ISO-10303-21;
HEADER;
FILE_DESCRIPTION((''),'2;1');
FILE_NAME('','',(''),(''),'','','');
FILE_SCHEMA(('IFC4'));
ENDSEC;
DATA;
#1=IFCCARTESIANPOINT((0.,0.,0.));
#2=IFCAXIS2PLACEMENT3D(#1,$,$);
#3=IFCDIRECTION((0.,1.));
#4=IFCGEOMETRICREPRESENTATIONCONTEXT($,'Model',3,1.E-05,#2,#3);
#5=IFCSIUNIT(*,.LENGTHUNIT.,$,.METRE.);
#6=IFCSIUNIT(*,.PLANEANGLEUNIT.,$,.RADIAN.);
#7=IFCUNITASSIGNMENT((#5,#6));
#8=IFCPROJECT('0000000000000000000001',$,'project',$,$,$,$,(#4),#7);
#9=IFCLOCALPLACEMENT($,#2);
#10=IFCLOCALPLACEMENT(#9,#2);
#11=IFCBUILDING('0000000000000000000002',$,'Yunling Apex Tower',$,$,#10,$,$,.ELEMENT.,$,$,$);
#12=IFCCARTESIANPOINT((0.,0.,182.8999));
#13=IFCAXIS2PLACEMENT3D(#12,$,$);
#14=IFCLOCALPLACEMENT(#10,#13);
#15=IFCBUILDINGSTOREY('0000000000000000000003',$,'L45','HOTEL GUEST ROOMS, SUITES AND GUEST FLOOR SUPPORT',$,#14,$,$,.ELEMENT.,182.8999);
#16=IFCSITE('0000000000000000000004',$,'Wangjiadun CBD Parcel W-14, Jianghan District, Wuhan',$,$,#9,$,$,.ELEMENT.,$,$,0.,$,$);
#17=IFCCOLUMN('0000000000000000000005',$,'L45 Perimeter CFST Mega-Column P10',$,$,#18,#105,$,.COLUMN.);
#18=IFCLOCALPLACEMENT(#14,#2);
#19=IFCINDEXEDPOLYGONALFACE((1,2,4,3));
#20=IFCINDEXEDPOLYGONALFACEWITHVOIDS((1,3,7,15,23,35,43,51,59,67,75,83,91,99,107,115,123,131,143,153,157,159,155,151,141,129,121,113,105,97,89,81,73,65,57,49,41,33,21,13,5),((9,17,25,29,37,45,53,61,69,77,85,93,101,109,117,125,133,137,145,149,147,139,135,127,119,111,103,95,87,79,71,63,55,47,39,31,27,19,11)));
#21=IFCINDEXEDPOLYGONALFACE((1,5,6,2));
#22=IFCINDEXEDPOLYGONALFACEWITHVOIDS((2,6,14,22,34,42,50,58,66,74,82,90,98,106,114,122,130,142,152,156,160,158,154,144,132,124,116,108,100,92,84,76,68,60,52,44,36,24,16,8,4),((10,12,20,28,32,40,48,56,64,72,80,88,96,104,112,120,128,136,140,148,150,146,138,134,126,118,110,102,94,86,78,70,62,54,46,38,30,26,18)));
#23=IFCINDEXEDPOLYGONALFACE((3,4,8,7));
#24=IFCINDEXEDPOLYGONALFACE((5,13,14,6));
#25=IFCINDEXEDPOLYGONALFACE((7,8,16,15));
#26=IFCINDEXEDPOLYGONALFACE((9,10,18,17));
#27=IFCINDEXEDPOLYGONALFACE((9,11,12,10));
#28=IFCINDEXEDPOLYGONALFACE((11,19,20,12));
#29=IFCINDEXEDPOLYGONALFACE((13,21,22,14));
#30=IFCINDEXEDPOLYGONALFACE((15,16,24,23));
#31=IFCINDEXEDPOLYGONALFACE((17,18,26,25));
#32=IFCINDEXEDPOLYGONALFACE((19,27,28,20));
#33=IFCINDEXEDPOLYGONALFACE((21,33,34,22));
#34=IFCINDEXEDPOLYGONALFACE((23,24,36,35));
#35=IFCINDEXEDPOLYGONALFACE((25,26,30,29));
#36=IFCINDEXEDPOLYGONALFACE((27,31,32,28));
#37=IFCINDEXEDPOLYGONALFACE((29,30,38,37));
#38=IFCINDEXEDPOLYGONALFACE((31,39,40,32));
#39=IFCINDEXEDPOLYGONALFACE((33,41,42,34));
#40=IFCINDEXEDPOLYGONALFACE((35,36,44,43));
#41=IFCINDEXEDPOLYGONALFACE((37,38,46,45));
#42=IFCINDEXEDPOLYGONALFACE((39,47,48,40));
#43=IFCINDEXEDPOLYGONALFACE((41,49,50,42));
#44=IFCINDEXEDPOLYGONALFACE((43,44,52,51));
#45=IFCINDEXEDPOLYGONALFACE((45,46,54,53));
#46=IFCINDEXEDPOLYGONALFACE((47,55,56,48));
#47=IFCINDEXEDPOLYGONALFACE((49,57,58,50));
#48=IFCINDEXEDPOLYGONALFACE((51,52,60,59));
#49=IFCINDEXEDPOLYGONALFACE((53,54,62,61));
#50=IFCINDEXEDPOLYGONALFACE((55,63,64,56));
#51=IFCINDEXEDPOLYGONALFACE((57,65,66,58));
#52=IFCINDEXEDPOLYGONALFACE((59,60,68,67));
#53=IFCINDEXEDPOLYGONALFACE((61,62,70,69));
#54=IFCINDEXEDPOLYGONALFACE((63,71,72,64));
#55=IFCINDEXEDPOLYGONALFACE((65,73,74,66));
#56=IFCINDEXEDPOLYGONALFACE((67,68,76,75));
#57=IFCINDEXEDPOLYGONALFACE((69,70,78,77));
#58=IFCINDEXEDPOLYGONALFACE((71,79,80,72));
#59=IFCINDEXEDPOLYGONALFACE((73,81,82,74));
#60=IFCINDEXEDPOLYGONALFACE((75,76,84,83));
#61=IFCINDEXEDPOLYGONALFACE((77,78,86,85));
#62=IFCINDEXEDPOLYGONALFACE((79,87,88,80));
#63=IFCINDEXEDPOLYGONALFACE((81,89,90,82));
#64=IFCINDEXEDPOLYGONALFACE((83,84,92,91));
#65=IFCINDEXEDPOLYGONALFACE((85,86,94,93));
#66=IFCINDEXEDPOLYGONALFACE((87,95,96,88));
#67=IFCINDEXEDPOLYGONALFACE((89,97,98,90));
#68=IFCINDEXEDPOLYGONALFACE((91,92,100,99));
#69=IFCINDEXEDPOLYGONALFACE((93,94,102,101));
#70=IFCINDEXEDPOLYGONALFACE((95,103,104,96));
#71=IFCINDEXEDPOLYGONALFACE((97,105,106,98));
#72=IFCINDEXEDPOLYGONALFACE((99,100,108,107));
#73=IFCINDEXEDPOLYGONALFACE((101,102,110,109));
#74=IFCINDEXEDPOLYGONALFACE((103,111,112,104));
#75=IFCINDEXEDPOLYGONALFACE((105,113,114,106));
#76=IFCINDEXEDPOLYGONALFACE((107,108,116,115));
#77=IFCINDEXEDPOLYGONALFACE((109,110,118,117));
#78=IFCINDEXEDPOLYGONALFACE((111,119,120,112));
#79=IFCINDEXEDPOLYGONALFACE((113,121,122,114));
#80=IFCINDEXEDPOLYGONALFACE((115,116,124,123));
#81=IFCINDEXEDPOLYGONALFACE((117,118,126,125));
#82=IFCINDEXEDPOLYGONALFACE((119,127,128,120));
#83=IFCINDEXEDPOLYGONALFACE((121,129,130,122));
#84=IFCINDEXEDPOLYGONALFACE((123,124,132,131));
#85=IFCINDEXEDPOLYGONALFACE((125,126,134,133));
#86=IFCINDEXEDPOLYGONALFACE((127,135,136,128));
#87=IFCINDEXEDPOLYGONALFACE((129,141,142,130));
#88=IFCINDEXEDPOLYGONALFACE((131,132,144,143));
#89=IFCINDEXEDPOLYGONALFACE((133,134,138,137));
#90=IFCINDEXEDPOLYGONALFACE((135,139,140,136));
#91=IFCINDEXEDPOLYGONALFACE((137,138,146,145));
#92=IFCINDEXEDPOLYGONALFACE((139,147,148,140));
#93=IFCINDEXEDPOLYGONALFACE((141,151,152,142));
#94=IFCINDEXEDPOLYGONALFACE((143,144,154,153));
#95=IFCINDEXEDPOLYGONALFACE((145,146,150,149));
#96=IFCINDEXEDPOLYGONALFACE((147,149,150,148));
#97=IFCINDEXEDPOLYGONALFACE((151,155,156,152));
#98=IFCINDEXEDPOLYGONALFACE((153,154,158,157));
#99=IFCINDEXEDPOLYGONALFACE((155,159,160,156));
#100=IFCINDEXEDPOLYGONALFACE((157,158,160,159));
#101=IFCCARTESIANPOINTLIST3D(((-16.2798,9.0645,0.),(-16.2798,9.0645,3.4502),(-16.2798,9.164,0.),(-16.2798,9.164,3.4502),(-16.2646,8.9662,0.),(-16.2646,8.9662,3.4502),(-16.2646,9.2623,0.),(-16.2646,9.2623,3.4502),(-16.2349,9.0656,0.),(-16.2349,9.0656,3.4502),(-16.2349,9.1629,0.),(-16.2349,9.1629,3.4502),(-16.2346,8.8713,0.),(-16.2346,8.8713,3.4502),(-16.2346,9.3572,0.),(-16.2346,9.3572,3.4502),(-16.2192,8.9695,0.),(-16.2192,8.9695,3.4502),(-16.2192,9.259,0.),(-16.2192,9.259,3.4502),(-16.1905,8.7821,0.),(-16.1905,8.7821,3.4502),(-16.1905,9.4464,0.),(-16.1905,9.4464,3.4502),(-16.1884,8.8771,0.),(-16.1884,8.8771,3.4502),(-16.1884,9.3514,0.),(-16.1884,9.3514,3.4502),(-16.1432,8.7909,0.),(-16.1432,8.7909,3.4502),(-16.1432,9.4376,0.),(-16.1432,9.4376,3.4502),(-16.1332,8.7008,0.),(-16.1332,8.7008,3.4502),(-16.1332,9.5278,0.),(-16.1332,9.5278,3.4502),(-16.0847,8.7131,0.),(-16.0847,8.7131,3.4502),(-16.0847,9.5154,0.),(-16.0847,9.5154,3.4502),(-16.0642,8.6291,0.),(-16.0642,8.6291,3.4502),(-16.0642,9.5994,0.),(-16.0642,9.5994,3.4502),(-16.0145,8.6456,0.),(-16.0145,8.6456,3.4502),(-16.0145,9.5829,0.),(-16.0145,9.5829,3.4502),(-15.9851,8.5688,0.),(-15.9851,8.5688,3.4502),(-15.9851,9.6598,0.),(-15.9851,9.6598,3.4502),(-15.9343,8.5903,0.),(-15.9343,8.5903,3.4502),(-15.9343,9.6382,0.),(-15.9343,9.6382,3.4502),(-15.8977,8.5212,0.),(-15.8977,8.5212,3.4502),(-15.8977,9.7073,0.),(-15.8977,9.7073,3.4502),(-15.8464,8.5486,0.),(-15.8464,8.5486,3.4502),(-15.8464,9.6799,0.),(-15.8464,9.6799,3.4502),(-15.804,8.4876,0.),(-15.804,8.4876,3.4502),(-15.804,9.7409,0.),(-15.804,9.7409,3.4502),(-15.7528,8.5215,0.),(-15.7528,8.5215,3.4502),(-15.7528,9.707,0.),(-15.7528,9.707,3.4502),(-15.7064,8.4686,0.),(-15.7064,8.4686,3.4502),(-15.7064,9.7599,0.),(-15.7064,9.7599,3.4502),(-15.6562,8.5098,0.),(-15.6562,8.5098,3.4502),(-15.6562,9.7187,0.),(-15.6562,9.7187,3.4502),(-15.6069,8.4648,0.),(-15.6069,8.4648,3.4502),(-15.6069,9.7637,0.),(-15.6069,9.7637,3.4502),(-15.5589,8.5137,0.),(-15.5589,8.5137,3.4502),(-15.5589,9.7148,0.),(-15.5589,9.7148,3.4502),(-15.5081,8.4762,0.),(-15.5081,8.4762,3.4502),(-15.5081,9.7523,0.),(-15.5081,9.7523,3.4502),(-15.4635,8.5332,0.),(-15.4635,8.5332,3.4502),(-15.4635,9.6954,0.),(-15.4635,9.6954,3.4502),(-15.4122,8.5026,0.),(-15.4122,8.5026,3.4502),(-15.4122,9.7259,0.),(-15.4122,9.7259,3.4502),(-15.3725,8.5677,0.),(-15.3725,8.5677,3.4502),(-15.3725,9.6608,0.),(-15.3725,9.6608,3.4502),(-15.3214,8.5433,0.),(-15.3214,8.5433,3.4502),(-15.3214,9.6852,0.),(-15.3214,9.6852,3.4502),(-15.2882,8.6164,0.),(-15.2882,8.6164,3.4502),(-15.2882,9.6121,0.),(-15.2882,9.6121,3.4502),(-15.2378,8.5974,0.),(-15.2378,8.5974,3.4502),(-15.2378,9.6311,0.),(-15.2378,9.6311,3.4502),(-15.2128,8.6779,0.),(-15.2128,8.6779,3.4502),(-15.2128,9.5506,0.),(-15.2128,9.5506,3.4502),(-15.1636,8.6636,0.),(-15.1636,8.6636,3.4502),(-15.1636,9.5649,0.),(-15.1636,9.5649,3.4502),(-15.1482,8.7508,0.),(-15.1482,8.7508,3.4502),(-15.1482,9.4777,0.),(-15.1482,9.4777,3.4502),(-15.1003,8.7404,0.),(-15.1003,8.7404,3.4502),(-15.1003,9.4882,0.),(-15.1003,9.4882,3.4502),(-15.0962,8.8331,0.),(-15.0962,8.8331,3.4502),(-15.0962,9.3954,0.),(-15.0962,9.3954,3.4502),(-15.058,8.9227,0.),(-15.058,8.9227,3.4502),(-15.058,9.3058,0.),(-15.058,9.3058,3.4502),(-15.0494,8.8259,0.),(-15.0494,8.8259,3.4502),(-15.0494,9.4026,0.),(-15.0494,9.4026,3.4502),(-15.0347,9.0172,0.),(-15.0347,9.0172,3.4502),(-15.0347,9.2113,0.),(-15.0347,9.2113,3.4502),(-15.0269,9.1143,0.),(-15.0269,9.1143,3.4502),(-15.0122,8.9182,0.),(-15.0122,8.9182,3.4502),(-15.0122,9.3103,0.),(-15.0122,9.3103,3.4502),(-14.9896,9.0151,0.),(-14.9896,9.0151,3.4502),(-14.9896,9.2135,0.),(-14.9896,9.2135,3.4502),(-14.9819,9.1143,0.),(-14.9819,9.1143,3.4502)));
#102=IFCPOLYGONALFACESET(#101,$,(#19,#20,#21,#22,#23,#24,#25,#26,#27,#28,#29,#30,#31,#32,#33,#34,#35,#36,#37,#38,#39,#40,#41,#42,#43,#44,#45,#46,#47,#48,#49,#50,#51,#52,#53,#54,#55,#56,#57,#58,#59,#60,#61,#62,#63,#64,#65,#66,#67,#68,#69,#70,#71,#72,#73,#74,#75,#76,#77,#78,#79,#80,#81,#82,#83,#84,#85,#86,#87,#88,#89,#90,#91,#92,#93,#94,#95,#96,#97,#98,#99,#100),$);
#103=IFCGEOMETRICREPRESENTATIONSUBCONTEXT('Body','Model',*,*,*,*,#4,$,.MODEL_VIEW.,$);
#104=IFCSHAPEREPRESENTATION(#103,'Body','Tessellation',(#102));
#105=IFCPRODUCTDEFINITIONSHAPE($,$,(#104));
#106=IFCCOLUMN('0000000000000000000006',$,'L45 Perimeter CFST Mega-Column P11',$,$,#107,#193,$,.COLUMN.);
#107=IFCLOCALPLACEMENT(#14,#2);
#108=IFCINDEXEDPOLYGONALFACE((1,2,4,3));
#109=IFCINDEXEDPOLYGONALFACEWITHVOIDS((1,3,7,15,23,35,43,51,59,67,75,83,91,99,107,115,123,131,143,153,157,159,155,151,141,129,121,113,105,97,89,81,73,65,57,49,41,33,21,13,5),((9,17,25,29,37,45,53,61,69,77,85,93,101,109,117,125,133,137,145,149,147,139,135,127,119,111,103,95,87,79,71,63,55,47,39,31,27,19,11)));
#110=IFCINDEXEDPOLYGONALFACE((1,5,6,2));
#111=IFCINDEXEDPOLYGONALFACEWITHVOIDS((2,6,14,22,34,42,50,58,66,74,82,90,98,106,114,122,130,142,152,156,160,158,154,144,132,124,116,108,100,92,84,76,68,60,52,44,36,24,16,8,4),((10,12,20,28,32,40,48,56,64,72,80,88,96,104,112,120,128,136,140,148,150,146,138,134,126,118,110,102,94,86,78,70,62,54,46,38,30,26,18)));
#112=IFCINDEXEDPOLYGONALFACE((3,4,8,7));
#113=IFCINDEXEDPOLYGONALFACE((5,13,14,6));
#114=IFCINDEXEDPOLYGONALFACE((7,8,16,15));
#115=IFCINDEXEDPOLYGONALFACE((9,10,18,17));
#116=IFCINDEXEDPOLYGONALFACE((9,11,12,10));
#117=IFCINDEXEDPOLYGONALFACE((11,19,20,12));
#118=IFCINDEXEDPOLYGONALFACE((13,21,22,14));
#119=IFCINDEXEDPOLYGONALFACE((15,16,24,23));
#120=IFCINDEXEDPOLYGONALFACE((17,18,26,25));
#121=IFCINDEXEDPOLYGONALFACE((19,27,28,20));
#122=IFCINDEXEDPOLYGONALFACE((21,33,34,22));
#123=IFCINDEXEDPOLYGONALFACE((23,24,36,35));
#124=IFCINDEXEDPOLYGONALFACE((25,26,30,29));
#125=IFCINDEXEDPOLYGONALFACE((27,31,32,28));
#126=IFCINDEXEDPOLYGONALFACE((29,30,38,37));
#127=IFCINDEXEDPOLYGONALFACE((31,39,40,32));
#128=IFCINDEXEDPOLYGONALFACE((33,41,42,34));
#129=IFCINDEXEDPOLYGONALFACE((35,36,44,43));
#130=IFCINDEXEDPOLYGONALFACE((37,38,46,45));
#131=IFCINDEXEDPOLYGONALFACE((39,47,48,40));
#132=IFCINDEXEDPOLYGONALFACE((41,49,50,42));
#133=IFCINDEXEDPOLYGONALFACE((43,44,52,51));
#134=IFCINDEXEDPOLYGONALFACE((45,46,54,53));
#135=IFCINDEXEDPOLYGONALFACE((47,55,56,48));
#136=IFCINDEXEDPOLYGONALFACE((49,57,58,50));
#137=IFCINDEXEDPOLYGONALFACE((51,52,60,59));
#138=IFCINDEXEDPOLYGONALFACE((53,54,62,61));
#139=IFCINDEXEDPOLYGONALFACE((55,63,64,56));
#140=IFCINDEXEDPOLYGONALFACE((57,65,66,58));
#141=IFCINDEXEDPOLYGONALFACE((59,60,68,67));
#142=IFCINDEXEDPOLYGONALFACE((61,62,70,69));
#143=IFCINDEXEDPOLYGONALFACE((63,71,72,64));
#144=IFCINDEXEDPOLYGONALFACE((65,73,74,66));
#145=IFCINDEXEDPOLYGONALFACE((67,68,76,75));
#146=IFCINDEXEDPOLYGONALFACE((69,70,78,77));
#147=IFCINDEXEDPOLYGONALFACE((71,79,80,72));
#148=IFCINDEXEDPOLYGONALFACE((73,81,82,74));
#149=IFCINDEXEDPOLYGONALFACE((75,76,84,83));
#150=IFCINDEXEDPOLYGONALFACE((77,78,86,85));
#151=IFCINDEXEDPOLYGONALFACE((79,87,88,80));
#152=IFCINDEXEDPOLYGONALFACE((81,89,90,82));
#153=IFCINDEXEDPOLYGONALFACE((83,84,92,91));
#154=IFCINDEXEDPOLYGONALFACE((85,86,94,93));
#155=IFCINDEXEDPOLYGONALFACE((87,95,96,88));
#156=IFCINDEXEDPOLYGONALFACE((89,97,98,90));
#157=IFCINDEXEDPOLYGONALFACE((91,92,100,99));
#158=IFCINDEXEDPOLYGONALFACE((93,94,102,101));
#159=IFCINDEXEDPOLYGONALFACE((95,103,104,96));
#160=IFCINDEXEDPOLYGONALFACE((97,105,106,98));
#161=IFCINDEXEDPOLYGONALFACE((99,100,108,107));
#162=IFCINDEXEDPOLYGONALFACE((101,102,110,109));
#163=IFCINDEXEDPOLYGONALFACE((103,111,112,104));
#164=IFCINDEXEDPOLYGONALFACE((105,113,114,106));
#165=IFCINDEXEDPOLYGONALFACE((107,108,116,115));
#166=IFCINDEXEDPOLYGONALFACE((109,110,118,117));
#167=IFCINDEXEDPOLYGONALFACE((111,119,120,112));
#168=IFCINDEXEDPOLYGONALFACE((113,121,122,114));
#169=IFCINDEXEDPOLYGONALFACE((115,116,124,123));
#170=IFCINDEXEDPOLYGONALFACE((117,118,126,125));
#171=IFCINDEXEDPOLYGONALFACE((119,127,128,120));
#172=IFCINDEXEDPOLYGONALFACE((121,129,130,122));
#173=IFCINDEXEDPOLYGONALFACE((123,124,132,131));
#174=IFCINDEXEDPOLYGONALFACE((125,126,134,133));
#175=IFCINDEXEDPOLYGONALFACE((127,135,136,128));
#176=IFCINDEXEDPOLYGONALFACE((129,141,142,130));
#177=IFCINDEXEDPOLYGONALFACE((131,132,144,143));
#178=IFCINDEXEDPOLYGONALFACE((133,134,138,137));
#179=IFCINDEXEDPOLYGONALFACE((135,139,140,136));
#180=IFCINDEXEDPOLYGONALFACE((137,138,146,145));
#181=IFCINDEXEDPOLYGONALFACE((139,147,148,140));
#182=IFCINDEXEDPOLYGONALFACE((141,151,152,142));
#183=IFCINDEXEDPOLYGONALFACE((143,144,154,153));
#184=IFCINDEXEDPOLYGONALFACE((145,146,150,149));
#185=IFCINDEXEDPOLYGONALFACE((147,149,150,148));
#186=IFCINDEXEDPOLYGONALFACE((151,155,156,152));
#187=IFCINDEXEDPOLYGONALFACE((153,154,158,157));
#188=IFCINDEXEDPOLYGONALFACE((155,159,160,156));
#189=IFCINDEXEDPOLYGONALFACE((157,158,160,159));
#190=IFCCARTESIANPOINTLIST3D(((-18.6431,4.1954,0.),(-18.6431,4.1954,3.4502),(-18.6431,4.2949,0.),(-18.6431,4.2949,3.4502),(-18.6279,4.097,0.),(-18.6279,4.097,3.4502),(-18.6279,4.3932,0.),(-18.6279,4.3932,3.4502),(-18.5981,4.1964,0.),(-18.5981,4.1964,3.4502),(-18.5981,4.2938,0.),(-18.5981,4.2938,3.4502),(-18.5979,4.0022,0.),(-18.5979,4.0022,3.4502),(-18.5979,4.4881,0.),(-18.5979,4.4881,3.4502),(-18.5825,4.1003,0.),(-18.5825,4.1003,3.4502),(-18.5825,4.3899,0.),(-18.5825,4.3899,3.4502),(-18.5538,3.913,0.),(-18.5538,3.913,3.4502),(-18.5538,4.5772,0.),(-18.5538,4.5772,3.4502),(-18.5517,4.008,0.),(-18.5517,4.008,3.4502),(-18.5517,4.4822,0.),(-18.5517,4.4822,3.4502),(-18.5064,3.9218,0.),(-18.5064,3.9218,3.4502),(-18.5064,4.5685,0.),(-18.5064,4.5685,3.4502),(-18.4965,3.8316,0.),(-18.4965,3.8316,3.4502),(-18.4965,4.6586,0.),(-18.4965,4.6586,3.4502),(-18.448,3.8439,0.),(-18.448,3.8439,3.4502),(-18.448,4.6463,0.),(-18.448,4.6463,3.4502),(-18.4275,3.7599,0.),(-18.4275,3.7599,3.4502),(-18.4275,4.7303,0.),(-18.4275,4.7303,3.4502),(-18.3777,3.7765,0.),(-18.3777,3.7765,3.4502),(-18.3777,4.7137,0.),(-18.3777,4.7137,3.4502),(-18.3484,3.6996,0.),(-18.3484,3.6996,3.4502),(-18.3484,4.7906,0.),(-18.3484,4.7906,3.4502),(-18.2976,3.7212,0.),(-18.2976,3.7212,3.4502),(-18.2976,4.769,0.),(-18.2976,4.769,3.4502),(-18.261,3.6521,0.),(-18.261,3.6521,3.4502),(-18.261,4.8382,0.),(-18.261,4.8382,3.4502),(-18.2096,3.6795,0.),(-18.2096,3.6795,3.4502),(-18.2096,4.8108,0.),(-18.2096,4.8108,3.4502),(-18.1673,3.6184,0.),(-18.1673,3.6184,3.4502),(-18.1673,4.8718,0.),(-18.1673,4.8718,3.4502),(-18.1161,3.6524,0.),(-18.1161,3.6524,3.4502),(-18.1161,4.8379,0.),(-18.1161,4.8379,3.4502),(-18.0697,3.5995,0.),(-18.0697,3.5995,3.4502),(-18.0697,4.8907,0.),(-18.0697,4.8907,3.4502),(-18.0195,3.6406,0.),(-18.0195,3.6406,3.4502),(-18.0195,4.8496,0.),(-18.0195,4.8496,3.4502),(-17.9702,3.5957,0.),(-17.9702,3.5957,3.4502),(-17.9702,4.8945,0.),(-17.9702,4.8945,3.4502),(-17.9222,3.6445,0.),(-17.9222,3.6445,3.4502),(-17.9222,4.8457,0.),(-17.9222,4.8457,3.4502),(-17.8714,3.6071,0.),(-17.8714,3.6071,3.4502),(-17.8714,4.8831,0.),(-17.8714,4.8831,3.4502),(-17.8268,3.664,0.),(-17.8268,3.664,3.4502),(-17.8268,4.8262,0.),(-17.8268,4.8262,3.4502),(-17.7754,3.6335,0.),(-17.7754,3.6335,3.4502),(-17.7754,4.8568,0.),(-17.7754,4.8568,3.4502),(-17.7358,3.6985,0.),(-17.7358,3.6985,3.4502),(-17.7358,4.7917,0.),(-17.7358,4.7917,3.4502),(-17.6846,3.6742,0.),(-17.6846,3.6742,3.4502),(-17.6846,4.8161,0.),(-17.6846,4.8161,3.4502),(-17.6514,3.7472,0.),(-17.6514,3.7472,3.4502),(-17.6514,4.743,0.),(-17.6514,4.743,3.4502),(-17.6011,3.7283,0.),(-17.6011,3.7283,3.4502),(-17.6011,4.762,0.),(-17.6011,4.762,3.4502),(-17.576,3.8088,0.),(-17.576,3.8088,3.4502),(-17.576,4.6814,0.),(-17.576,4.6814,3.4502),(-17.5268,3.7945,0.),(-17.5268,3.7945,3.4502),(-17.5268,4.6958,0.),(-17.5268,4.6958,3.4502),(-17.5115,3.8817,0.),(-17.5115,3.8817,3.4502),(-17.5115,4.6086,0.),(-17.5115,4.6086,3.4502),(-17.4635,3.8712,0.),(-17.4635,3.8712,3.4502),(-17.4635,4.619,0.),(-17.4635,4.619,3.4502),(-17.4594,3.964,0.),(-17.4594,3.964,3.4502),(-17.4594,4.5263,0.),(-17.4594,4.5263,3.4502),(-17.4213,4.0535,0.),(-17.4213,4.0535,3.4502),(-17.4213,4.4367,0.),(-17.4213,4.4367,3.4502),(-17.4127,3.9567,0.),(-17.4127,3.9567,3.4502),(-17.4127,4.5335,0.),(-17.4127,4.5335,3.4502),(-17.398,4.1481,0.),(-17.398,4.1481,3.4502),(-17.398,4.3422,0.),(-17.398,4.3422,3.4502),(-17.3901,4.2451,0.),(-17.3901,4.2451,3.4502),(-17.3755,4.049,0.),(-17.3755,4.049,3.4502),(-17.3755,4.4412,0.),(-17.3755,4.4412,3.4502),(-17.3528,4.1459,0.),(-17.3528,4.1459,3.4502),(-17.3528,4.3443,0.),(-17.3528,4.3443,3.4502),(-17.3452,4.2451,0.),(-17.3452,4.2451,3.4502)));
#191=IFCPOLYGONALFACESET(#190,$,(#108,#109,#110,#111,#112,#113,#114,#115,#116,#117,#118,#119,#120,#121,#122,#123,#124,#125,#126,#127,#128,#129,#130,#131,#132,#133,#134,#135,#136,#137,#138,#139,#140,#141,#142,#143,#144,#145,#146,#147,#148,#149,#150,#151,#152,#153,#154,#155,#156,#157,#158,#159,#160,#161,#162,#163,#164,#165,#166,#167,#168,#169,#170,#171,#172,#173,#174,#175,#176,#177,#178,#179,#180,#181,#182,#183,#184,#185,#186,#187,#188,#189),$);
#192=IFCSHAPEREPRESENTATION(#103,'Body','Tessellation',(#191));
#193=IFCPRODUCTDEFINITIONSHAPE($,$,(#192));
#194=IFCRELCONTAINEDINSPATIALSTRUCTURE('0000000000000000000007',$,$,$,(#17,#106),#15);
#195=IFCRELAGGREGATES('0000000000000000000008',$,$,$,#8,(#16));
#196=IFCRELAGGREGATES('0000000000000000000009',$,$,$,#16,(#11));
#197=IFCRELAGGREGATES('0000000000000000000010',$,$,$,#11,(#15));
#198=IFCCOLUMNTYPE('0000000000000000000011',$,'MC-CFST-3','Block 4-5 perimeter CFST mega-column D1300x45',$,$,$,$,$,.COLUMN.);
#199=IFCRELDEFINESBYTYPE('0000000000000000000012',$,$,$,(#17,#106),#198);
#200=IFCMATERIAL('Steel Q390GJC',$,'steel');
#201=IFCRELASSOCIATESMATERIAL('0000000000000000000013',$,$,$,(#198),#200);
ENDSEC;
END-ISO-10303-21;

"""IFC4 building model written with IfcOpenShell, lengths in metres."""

from ifc_helpers import new_model, si_unit, direction, frame, origin, origin_2d, place, context, subcontext, project, spatial, hollow_circle, extrude, source, transform, mapped, material, material_profile, profile_set, type_object, element, save


model = new_model("IFC4")

# Units and contexts
model_context = context("Model", 3, precision=1e-05, world=origin(), true_north=direction((0.0, 1.0)))
body_context = subcontext(model_context, "Body", "Model", "MODEL_VIEW")
ifc_project = project(units=[si_unit("LENGTHUNIT", "METRE"), si_unit("PLANEANGLEUNIT", "RADIAN")], contexts=[model_context])

# Site, building, storey
site_placement = place(None, origin())
site = spatial("IfcSite", under=ifc_project, at=site_placement, Name="Wangjiadun CBD Parcel W-14, Jianghan District, Wuhan", CompositionType="ELEMENT", RefElevation=0.0)
building_placement = place(site_placement, origin())
building = spatial("IfcBuilding", under=site, at=building_placement, Name="Yunling Apex Tower", CompositionType="ELEMENT")
storey_placement = place(building_placement, frame((0.0, 0.0, 182.8999)))
storey = spatial("IfcBuildingStorey", under=building, at=storey_placement, Name="L45", Description="HOTEL GUEST ROOMS, SUITES AND GUEST FLOOR SUPPORT", CompositionType="ELEMENT", Elevation=182.8999)

# Columns
ifc_material_1 = material(Name="Steel Q390GJC", Category="steel")
ifc_material_profile_1 = material_profile(ifc_material_1, hollow_circle(Radius=0.6499, WallThickness=0.0449, at=origin_2d()))
ifc_profile_set_1 = profile_set([ifc_material_profile_1], Name="Steel Q390GJC")
column_type = type_object("IfcColumnType", Name="MC-CFST-3", Description="Block 4-5 perimeter CFST mega-column D1300x45", PredefinedType="COLUMN", material=ifc_profile_set_1)
shared_shape_1 = source(origin(), body_context, "Body", "SweptSolid", [
    extrude(hollow_circle(Radius=0.6499, WallThickness=0.0449, at=origin_2d()), origin(), (0.0, 0.0, 1.0), 3.4502),
])
for number, where, z_axis, x_axis, name in (
    (1, (-15.6318, 9.1143, 0.0), (0.0, 0.0, 1.0), (1.0, 0.0, 0.0), "L45 Perimeter CFST Mega-Column P10"),
    (2, (-17.9951, 4.2451, 0.0), (0.0, 0.0, 1.0), (1.0, 0.0, 0.0), "L45 Perimeter CFST Mega-Column P11"),
):
    element("IfcColumn", number, at=place(storey_placement, frame(where, z_axis=z_axis, x_axis=x_axis)), inside=storey, type_object=column_type, Name=name, PredefinedType="COLUMN", context=body_context, shape_type="MappedRepresentation", body=[
        mapped(shared_shape_1, transform((0.0, 0.0, 0.0), scale=1.0)),
    ])

save(model, "model.ifc")
